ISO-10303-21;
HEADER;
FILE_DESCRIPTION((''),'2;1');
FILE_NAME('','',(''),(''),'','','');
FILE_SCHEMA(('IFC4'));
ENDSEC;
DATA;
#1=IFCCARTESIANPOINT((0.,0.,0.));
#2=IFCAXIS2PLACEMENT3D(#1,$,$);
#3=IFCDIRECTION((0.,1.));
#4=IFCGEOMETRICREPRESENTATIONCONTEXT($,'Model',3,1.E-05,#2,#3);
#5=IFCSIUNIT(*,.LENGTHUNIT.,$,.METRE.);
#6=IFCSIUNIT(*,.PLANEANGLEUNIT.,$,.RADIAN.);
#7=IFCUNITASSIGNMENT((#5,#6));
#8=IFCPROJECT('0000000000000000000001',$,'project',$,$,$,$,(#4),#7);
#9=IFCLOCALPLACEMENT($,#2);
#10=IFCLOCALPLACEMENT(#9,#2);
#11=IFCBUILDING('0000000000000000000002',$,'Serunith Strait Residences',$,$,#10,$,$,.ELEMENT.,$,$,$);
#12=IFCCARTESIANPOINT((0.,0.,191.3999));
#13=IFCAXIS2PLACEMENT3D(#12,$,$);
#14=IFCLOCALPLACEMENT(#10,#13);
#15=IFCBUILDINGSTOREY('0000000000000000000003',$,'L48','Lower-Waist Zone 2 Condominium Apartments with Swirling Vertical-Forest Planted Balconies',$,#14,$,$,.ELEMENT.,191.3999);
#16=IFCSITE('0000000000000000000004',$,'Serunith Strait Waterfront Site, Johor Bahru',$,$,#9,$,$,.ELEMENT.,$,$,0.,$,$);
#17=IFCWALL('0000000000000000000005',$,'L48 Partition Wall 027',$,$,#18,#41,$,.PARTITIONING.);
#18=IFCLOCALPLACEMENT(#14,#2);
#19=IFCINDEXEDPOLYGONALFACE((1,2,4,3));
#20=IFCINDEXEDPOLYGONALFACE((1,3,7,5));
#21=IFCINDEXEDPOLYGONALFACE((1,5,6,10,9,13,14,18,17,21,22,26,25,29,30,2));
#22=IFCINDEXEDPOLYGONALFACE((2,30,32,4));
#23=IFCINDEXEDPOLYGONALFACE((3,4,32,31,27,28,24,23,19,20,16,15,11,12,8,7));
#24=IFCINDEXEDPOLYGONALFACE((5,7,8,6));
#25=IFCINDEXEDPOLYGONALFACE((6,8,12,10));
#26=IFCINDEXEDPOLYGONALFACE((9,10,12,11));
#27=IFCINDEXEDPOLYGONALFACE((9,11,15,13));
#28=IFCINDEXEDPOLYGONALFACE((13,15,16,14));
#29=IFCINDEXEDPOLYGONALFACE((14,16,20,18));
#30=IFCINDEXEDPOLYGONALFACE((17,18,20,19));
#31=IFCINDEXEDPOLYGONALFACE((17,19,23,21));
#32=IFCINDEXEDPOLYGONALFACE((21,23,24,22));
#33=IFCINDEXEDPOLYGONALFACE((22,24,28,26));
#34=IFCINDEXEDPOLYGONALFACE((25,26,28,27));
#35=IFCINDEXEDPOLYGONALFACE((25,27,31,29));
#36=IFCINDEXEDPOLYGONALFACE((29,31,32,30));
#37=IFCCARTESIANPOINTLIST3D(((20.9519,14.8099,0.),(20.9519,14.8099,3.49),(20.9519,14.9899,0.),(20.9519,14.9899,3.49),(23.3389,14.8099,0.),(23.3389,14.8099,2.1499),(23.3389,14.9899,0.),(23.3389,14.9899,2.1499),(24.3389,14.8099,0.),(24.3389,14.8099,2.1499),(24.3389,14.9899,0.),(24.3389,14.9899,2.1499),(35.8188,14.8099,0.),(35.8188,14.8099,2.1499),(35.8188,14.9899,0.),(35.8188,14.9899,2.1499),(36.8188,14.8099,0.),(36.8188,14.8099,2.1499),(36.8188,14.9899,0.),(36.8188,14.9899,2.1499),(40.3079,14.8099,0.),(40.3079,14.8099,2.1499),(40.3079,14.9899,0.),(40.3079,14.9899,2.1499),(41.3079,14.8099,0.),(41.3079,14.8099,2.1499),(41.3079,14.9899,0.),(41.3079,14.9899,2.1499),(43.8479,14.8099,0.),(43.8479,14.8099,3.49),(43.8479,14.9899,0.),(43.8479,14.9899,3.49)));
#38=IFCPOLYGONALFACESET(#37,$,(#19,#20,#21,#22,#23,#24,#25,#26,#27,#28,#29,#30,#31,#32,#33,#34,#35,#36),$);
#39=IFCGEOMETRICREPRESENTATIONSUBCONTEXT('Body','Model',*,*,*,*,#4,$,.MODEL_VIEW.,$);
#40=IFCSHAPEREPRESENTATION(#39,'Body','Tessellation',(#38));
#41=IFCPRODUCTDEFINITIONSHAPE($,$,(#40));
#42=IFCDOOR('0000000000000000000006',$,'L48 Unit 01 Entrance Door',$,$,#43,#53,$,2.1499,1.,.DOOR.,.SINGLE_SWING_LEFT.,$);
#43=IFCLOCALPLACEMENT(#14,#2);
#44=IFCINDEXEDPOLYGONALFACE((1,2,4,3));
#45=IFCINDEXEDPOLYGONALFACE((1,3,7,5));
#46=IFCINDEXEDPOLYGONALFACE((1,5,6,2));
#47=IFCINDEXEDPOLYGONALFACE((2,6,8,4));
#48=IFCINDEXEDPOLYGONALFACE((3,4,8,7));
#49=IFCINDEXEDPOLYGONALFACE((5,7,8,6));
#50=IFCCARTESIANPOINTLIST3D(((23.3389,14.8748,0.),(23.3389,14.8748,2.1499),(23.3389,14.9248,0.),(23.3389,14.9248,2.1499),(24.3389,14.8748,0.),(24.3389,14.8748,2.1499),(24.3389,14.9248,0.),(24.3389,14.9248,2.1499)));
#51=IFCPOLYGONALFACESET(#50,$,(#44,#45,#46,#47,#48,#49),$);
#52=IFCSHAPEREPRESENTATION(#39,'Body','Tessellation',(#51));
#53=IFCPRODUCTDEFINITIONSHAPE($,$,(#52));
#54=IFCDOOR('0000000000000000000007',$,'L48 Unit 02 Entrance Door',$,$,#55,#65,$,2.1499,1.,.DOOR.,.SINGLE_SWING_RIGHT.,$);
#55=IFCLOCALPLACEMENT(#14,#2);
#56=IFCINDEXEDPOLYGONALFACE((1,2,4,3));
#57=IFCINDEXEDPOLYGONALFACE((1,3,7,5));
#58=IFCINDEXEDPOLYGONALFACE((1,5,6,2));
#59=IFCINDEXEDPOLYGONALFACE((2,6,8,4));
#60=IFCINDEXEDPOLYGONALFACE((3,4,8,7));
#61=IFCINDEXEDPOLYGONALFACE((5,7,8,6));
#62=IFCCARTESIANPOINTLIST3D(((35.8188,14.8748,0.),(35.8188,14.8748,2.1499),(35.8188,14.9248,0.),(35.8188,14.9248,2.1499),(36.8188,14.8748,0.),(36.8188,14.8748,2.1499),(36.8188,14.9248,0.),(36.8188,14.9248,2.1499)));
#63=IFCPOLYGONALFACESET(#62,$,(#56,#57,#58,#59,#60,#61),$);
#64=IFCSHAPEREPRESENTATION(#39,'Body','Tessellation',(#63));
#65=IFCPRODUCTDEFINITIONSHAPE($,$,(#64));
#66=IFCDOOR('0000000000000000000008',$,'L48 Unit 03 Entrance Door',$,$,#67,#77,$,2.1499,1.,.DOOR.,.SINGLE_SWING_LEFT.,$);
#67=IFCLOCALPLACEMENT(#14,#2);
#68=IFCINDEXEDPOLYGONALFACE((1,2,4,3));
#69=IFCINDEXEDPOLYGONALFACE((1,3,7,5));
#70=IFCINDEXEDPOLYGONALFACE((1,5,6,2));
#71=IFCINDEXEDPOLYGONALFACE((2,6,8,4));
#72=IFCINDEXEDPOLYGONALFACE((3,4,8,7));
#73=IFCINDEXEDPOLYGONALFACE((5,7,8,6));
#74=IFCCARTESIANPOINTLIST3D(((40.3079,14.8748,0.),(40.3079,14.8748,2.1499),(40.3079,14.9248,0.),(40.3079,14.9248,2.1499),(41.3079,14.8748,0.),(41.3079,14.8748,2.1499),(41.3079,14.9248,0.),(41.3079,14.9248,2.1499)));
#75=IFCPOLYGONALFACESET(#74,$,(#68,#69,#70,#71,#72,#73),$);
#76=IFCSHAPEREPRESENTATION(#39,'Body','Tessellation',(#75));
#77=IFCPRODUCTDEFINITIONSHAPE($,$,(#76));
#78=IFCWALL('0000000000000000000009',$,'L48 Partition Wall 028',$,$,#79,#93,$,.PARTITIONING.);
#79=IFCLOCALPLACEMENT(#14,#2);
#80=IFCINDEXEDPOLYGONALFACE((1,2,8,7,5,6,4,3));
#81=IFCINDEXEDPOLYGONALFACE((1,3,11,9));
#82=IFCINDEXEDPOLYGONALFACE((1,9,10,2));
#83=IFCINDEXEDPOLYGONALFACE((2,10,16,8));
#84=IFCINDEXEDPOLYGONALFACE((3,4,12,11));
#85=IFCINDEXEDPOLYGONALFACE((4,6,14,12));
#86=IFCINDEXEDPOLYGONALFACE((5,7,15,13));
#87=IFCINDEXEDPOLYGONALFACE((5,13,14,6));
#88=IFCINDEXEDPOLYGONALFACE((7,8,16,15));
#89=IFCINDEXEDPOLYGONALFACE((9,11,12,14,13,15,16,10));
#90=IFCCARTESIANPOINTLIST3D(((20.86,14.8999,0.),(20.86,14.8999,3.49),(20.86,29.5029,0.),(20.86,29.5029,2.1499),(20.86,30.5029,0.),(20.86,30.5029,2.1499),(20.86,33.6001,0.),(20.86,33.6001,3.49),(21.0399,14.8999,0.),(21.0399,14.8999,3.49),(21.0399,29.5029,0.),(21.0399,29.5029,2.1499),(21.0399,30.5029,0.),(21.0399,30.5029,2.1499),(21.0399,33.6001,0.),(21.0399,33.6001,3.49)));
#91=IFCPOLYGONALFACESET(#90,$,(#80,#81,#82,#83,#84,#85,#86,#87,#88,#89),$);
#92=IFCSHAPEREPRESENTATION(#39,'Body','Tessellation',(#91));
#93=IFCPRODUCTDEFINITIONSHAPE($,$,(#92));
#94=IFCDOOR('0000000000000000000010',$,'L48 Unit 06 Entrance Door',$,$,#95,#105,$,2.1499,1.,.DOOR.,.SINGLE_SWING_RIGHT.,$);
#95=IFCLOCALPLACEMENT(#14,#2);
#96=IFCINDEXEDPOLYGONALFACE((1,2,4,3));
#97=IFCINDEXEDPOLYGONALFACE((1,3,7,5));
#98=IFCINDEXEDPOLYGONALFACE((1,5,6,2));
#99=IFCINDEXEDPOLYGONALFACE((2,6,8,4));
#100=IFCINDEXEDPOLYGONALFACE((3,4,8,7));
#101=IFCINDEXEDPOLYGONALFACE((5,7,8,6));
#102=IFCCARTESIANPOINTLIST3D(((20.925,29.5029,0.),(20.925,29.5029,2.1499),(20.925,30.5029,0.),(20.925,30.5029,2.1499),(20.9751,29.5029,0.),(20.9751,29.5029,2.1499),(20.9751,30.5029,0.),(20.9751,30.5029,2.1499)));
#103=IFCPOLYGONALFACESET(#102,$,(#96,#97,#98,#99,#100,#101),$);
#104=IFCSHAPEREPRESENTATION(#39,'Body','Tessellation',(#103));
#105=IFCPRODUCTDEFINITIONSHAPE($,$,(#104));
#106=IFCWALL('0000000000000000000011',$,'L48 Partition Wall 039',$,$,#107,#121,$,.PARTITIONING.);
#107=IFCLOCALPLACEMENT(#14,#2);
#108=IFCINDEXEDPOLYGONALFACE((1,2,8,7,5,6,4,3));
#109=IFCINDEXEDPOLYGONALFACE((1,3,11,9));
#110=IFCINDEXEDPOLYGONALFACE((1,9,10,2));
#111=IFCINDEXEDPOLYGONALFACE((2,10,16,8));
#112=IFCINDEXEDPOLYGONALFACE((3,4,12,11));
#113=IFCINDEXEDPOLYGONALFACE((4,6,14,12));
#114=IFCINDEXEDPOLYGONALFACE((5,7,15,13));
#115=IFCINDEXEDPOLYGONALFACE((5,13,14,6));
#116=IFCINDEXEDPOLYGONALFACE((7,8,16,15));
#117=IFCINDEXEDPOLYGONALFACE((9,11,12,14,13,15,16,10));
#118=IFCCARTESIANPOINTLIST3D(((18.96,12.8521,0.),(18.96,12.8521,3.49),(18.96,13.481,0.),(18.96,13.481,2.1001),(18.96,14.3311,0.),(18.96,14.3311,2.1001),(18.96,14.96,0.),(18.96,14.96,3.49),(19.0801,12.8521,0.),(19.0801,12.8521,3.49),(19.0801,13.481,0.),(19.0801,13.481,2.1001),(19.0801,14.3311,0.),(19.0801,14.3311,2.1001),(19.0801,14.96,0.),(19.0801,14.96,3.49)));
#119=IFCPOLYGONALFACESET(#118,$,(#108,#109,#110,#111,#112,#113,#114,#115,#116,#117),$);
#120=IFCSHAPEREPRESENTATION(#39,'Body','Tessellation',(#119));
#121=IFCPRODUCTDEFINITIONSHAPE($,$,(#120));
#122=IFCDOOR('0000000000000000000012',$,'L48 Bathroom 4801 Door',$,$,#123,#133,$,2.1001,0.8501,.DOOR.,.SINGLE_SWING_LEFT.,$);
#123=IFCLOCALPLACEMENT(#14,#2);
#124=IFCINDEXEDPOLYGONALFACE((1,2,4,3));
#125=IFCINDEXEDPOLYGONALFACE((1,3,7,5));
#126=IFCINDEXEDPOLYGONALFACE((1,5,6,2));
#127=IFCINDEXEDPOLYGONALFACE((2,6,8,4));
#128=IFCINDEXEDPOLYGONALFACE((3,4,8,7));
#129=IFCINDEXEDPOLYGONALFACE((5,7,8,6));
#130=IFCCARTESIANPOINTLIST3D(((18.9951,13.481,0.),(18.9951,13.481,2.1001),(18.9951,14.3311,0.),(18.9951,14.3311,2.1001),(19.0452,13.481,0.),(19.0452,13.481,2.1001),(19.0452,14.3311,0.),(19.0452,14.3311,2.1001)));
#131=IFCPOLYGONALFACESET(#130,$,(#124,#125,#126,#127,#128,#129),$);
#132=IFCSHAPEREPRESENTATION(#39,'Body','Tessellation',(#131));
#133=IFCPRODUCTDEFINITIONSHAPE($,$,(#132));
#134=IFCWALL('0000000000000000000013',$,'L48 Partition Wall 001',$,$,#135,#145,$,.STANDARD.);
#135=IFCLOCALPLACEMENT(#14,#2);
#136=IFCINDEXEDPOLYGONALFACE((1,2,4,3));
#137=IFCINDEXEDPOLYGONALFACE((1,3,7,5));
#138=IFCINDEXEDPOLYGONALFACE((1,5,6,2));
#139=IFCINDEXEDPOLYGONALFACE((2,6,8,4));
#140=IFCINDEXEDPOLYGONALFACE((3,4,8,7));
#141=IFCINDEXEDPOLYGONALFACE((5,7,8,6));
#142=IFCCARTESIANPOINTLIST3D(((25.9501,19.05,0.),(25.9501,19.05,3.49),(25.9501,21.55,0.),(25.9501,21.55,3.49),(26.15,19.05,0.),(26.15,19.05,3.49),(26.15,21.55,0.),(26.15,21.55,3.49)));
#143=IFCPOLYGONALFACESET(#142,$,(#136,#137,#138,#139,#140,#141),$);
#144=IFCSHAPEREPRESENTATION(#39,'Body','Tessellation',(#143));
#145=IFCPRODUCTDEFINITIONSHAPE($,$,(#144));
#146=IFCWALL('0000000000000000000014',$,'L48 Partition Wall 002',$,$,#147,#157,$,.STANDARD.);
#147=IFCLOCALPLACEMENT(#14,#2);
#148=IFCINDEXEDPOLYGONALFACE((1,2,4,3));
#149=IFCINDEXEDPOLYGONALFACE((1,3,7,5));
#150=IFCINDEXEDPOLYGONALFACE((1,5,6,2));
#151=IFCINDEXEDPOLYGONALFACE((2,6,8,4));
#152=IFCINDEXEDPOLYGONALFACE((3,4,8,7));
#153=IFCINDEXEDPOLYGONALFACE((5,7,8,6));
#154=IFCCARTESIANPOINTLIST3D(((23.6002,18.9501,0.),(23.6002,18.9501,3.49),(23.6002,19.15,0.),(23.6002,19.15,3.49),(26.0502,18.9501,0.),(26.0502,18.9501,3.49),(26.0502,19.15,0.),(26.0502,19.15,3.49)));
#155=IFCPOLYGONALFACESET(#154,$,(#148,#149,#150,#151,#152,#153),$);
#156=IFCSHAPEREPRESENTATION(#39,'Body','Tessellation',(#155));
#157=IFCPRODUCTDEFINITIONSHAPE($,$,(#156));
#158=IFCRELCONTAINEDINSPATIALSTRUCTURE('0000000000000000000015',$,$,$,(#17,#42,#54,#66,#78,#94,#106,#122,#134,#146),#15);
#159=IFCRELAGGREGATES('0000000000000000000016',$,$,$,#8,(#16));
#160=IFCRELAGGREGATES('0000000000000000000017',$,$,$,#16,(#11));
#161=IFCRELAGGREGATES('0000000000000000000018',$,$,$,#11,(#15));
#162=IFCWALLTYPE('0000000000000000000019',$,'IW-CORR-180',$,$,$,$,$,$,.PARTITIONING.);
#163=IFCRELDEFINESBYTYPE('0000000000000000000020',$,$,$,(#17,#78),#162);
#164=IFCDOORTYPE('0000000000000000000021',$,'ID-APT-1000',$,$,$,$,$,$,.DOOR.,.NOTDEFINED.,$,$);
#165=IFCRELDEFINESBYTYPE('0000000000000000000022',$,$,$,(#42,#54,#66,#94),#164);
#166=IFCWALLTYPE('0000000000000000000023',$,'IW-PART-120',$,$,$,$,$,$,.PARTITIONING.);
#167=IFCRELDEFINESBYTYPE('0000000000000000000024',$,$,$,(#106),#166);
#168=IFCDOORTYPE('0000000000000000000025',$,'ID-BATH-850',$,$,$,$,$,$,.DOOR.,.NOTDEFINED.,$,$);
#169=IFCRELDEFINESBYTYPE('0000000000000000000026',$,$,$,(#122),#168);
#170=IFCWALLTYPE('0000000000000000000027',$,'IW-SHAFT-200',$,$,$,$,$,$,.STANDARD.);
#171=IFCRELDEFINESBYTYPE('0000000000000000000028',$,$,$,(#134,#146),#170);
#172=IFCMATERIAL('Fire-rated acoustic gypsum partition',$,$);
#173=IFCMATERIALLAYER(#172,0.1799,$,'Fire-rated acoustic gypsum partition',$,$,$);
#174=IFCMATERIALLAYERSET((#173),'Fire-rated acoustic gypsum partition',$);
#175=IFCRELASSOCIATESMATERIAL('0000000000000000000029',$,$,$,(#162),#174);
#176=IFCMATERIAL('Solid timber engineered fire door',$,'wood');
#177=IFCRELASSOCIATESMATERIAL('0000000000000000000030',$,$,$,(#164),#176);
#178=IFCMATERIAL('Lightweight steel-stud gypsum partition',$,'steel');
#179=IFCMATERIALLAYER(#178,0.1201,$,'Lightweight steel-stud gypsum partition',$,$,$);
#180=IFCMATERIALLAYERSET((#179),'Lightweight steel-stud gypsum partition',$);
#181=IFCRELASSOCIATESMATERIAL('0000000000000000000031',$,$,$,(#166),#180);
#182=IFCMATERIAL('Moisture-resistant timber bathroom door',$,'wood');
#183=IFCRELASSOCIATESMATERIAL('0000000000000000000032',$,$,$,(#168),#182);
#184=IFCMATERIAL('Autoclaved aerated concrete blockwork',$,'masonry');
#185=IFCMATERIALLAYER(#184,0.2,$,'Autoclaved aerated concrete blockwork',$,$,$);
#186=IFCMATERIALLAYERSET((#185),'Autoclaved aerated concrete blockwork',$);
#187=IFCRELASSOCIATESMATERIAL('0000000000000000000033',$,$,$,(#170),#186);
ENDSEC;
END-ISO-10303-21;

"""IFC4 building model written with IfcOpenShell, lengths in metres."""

from ifc_helpers import new_model, si_unit, direction, frame, frame_2d, origin, place, context, subcontext, project, spatial, rectangle, extrude, source, transform, mapped, material, layer, layer_set, type_object, element, fill, save


model = new_model("IFC4")

# Units and contexts
model_context = context("Model", 3, precision=1e-05, world=origin(), true_north=direction((0.0, 1.0)))
body_context = subcontext(model_context, "Body", "Model", "MODEL_VIEW")
ifc_project = project(units=[si_unit("LENGTHUNIT", "METRE"), si_unit("PLANEANGLEUNIT", "RADIAN")], contexts=[model_context])

# Site, building, storey
site_placement = place(None, origin())
site = spatial("IfcSite", under=ifc_project, at=site_placement, Name="Serunith Strait Waterfront Site, Johor Bahru", CompositionType="ELEMENT", RefElevation=0.0)
building_placement = place(site_placement, origin())
building = spatial("IfcBuilding", under=site, at=building_placement, Name="Serunith Strait Residences", CompositionType="ELEMENT")
storey_placement = place(building_placement, frame((0.0, 0.0, 191.3999)))
storey = spatial("IfcBuildingStorey", under=building, at=storey_placement, Name="L48", Description="Lower-Waist Zone 2 Condominium Apartments with Swirling Vertical-Forest Planted Balconies", CompositionType="ELEMENT", Elevation=191.3999)

# Shared definitions
shared_shape_1 = source(origin(), body_context, "Body", "SweptSolid", [
    extrude(rectangle(XDim=0.8501, YDim=2.1001, at=frame_2d((0.425, 1.05))), frame((0.0, 0.0249, 0.0), z_axis=(0.0, -1.0, 0.0), x_axis=(1.0, 0.0, 0.0)), (0.0, 0.0, 1.0), 0.05),
])

# Wall, openings, doors
ifc_material_1 = material(Name="Fire-rated acoustic gypsum partition")
ifc_layer_1 = layer(ifc_material_1, 0.1799, Name="Fire-rated acoustic gypsum partition")
ifc_layer_set_1 = layer_set([ifc_layer_1], Name="Fire-rated acoustic gypsum partition")
wall_type_1 = type_object("IfcWallType", Name="IW-CORR-180", PredefinedType="PARTITIONING", material=ifc_layer_set_1)
wall_1_placement = place(storey_placement, frame((20.9519, 14.8999, 0.0), z_axis=(0.0, 0.0, 1.0), x_axis=(1.0, 0.0, 0.0)))
wall_1 = element("IfcWall", 1, at=wall_1_placement, inside=storey, type_object=wall_type_1, Name="L48 Partition Wall 027", PredefinedType="PARTITIONING", context=body_context, shape_type="SweptSolid", body=[
    extrude(rectangle(XDim=22.896, YDim=0.1799, at=frame_2d((11.448, 0.0))), origin(), (0.0, 0.0, 1.0), 3.49),
])
opening_1_placement = place(wall_1_placement, frame((2.387, 0.0, 0.0)))
opening_1 = element("IfcOpeningElement", 2, at=opening_1_placement, cuts=wall_1, PredefinedType="OPENING", context=body_context, shape_type="SweptSolid", body=[
    extrude(rectangle(XDim=1.0, YDim=2.1499, at=frame_2d((0.5, 1.075))), frame((0.0, 0.1001, 0.0), z_axis=(0.0, -1.0, 0.0), x_axis=(1.0, 0.0, 0.0)), (0.0, 0.0, 1.0), 0.2),
])
opening_2_placement = place(wall_1_placement, frame((14.8669, 0.0, 0.0)))
opening_2 = element("IfcOpeningElement", 3, at=opening_2_placement, cuts=wall_1, PredefinedType="OPENING", context=body_context, shape_type="SweptSolid", body=[
    extrude(rectangle(XDim=1.0, YDim=2.1499, at=frame_2d((0.5, 1.075))), frame((0.0, 0.1001, 0.0), z_axis=(0.0, -1.0, 0.0), x_axis=(1.0, 0.0, 0.0)), (0.0, 0.0, 1.0), 0.2),
])
opening_3_placement = place(wall_1_placement, frame((19.356, 0.0, 0.0)))
opening_3 = element("IfcOpeningElement", 4, at=opening_3_placement, cuts=wall_1, PredefinedType="OPENING", context=body_context, shape_type="SweptSolid", body=[
    extrude(rectangle(XDim=1.0, YDim=2.1499, at=frame_2d((0.5, 1.075))), frame((0.0, 0.1001, 0.0), z_axis=(0.0, -1.0, 0.0), x_axis=(1.0, 0.0, 0.0)), (0.0, 0.0, 1.0), 0.2),
])
ifc_material_2 = material(Name="Solid timber engineered fire door", Category="wood")
door_type_1 = type_object("IfcDoorType", Name="ID-APT-1000", OperationType="NOTDEFINED", PredefinedType="DOOR", material=ifc_material_2)
shared_shape_2 = source(origin(), body_context, "Body", "SweptSolid", [
    extrude(rectangle(XDim=1.0, YDim=2.1499, at=frame_2d((0.5, 1.075))), frame((0.0, 0.0249, 0.0), z_axis=(0.0, -1.0, 0.0), x_axis=(1.0, 0.0, 0.0)), (0.0, 0.0, 1.0), 0.05),
])
door_1_placement = place(opening_1_placement, origin())
door_1 = element("IfcDoor", 5, at=door_1_placement, inside=storey, type_object=door_type_1, Name="L48 Unit 01 Entrance Door", OperationType="SINGLE_SWING_LEFT", OverallHeight=2.1499, OverallWidth=1.0, PredefinedType="DOOR", context=body_context, shape_type="MappedRepresentation", body=[
    mapped(shared_shape_2, transform((0.0, 0.0, 0.0), scale=1.0)),
])
fill(opening_1, door_1)
door_2_placement = place(opening_2_placement, origin())
door_2 = element("IfcDoor", 6, at=door_2_placement, inside=storey, type_object=door_type_1, Name="L48 Unit 02 Entrance Door", OperationType="SINGLE_SWING_RIGHT", OverallHeight=2.1499, OverallWidth=1.0, PredefinedType="DOOR", context=body_context, shape_type="MappedRepresentation", body=[
    mapped(shared_shape_2, transform((0.0, 0.0, 0.0), scale=1.0)),
])
fill(opening_2, door_2)
door_3_placement = place(opening_3_placement, origin())
door_3 = element("IfcDoor", 7, at=door_3_placement, inside=storey, type_object=door_type_1, Name="L48 Unit 03 Entrance Door", OperationType="SINGLE_SWING_LEFT", OverallHeight=2.1499, OverallWidth=1.0, PredefinedType="DOOR", context=body_context, shape_type="MappedRepresentation", body=[
    mapped(shared_shape_2, transform((0.0, 0.0, 0.0), scale=1.0)),
])
fill(opening_3, door_3)

# Walls, openings, doors
wall_2_placement = place(storey_placement, frame((20.95, 14.8999, 0.0), z_axis=(0.0, 0.0, 1.0), x_axis=(0.0, 1.0, 0.0)))
wall_2 = element("IfcWall", 8, at=wall_2_placement, inside=storey, type_object=wall_type_1, Name="L48 Partition Wall 028", PredefinedType="PARTITIONING", context=body_context, shape_type="SweptSolid", body=[
    extrude(rectangle(XDim=18.7002, YDim=0.1799, at=frame_2d((9.3501, 0.0))), origin(), (0.0, 0.0, 1.0), 3.49),
])
opening_4_placement = place(wall_2_placement, frame((14.603, 0.0, 0.0)))
opening_4 = element("IfcOpeningElement", 9, at=opening_4_placement, cuts=wall_2, PredefinedType="OPENING", context=body_context, shape_type="SweptSolid", body=[
    extrude(rectangle(XDim=1.0, YDim=2.1499, at=frame_2d((0.5, 1.075))), frame((0.0, 0.1001, 0.0), z_axis=(0.0, -1.0, 0.0), x_axis=(1.0, 0.0, 0.0)), (0.0, 0.0, 1.0), 0.2),
])
door_4_placement = place(opening_4_placement, origin())
door_4 = element("IfcDoor", 10, at=door_4_placement, inside=storey, type_object=door_type_1, Name="L48 Unit 06 Entrance Door", OperationType="SINGLE_SWING_RIGHT", OverallHeight=2.1499, OverallWidth=1.0, PredefinedType="DOOR", context=body_context, shape_type="MappedRepresentation", body=[
    mapped(shared_shape_2, transform((0.0, 0.0, 0.0), scale=1.0)),
])
fill(opening_4, door_4)
ifc_material_3 = material(Name="Lightweight steel-stud gypsum partition", Category="steel")
ifc_layer_2 = layer(ifc_material_3, 0.1201, Name="Lightweight steel-stud gypsum partition")
ifc_layer_set_2 = layer_set([ifc_layer_2], Name="Lightweight steel-stud gypsum partition")
wall_type_2 = type_object("IfcWallType", Name="IW-PART-120", PredefinedType="PARTITIONING", material=ifc_layer_set_2)
wall_3_placement = place(storey_placement, frame((19.02, 12.8521, 0.0), z_axis=(0.0, 0.0, 1.0), x_axis=(0.0, 1.0, 0.0)))
wall_3 = element("IfcWall", 11, at=wall_3_placement, inside=storey, type_object=wall_type_2, Name="L48 Partition Wall 039", PredefinedType="PARTITIONING", context=body_context, shape_type="SweptSolid", body=[
    extrude(rectangle(XDim=2.1079, YDim=0.1201, at=frame_2d((1.054, 0.0))), origin(), (0.0, 0.0, 1.0), 3.49),
])
opening_5_placement = place(wall_3_placement, frame((0.6289, 0.0, 0.0)))
opening_5 = element("IfcOpeningElement", 12, at=opening_5_placement, cuts=wall_3, PredefinedType="OPENING", context=body_context, shape_type="SweptSolid", body=[
    extrude(rectangle(XDim=0.8501, YDim=2.1001, at=frame_2d((0.425, 1.05))), frame((0.0, 0.0701, 0.0), z_axis=(0.0, -1.0, 0.0), x_axis=(1.0, 0.0, 0.0)), (0.0, 0.0, 1.0), 0.1401),
])
ifc_material_4 = material(Name="Moisture-resistant timber bathroom door", Category="wood")
door_type_2 = type_object("IfcDoorType", Name="ID-BATH-850", OperationType="NOTDEFINED", PredefinedType="DOOR", material=ifc_material_4)
door_5_placement = place(opening_5_placement, origin())
door_5 = element("IfcDoor", 13, at=door_5_placement, inside=storey, type_object=door_type_2, Name="L48 Bathroom 4801 Door", OperationType="SINGLE_SWING_LEFT", OverallHeight=2.1001, OverallWidth=0.8501, PredefinedType="DOOR", context=body_context, shape_type="MappedRepresentation", body=[
    mapped(shared_shape_1, transform((0.0, 0.0, 0.0), scale=1.0)),
])
fill(opening_5, door_5)

# Walls
ifc_material_5 = material(Name="Autoclaved aerated concrete blockwork", Category="masonry")
ifc_layer_3 = layer(ifc_material_5, 0.2, Name="Autoclaved aerated concrete blockwork")
ifc_layer_set_3 = layer_set([ifc_layer_3], Name="Autoclaved aerated concrete blockwork")
wall_type_3 = type_object("IfcWallType", Name="IW-SHAFT-200", PredefinedType="STANDARD", material=ifc_layer_set_3)
wall_4_placement = place(storey_placement, frame((26.05, 19.05, 0.0), z_axis=(0.0, 0.0, 1.0), x_axis=(0.0, 1.0, 0.0)))
element("IfcWall", 14, at=wall_4_placement, inside=storey, type_object=wall_type_3, Name="L48 Partition Wall 001", PredefinedType="STANDARD", context=body_context, shape_type="SweptSolid", body=[
    extrude(rectangle(XDim=2.5, YDim=0.2, at=frame_2d((1.25, 0.0))), origin(), (0.0, 0.0, 1.0), 3.49),
])
wall_5_placement = place(storey_placement, frame((23.6001, 19.05, 0.0), z_axis=(0.0, 0.0, 1.0), x_axis=(1.0, 0.0, 0.0)))
element("IfcWall", 15, at=wall_5_placement, inside=storey, type_object=wall_type_3, Name="L48 Partition Wall 002", PredefinedType="STANDARD", context=body_context, shape_type="SweptSolid", body=[
    extrude(rectangle(XDim=2.45, YDim=0.2, at=frame_2d((1.2251, 0.0))), origin(), (0.0, 0.0, 1.0), 3.49),
])

save(model, "model.ifc")
